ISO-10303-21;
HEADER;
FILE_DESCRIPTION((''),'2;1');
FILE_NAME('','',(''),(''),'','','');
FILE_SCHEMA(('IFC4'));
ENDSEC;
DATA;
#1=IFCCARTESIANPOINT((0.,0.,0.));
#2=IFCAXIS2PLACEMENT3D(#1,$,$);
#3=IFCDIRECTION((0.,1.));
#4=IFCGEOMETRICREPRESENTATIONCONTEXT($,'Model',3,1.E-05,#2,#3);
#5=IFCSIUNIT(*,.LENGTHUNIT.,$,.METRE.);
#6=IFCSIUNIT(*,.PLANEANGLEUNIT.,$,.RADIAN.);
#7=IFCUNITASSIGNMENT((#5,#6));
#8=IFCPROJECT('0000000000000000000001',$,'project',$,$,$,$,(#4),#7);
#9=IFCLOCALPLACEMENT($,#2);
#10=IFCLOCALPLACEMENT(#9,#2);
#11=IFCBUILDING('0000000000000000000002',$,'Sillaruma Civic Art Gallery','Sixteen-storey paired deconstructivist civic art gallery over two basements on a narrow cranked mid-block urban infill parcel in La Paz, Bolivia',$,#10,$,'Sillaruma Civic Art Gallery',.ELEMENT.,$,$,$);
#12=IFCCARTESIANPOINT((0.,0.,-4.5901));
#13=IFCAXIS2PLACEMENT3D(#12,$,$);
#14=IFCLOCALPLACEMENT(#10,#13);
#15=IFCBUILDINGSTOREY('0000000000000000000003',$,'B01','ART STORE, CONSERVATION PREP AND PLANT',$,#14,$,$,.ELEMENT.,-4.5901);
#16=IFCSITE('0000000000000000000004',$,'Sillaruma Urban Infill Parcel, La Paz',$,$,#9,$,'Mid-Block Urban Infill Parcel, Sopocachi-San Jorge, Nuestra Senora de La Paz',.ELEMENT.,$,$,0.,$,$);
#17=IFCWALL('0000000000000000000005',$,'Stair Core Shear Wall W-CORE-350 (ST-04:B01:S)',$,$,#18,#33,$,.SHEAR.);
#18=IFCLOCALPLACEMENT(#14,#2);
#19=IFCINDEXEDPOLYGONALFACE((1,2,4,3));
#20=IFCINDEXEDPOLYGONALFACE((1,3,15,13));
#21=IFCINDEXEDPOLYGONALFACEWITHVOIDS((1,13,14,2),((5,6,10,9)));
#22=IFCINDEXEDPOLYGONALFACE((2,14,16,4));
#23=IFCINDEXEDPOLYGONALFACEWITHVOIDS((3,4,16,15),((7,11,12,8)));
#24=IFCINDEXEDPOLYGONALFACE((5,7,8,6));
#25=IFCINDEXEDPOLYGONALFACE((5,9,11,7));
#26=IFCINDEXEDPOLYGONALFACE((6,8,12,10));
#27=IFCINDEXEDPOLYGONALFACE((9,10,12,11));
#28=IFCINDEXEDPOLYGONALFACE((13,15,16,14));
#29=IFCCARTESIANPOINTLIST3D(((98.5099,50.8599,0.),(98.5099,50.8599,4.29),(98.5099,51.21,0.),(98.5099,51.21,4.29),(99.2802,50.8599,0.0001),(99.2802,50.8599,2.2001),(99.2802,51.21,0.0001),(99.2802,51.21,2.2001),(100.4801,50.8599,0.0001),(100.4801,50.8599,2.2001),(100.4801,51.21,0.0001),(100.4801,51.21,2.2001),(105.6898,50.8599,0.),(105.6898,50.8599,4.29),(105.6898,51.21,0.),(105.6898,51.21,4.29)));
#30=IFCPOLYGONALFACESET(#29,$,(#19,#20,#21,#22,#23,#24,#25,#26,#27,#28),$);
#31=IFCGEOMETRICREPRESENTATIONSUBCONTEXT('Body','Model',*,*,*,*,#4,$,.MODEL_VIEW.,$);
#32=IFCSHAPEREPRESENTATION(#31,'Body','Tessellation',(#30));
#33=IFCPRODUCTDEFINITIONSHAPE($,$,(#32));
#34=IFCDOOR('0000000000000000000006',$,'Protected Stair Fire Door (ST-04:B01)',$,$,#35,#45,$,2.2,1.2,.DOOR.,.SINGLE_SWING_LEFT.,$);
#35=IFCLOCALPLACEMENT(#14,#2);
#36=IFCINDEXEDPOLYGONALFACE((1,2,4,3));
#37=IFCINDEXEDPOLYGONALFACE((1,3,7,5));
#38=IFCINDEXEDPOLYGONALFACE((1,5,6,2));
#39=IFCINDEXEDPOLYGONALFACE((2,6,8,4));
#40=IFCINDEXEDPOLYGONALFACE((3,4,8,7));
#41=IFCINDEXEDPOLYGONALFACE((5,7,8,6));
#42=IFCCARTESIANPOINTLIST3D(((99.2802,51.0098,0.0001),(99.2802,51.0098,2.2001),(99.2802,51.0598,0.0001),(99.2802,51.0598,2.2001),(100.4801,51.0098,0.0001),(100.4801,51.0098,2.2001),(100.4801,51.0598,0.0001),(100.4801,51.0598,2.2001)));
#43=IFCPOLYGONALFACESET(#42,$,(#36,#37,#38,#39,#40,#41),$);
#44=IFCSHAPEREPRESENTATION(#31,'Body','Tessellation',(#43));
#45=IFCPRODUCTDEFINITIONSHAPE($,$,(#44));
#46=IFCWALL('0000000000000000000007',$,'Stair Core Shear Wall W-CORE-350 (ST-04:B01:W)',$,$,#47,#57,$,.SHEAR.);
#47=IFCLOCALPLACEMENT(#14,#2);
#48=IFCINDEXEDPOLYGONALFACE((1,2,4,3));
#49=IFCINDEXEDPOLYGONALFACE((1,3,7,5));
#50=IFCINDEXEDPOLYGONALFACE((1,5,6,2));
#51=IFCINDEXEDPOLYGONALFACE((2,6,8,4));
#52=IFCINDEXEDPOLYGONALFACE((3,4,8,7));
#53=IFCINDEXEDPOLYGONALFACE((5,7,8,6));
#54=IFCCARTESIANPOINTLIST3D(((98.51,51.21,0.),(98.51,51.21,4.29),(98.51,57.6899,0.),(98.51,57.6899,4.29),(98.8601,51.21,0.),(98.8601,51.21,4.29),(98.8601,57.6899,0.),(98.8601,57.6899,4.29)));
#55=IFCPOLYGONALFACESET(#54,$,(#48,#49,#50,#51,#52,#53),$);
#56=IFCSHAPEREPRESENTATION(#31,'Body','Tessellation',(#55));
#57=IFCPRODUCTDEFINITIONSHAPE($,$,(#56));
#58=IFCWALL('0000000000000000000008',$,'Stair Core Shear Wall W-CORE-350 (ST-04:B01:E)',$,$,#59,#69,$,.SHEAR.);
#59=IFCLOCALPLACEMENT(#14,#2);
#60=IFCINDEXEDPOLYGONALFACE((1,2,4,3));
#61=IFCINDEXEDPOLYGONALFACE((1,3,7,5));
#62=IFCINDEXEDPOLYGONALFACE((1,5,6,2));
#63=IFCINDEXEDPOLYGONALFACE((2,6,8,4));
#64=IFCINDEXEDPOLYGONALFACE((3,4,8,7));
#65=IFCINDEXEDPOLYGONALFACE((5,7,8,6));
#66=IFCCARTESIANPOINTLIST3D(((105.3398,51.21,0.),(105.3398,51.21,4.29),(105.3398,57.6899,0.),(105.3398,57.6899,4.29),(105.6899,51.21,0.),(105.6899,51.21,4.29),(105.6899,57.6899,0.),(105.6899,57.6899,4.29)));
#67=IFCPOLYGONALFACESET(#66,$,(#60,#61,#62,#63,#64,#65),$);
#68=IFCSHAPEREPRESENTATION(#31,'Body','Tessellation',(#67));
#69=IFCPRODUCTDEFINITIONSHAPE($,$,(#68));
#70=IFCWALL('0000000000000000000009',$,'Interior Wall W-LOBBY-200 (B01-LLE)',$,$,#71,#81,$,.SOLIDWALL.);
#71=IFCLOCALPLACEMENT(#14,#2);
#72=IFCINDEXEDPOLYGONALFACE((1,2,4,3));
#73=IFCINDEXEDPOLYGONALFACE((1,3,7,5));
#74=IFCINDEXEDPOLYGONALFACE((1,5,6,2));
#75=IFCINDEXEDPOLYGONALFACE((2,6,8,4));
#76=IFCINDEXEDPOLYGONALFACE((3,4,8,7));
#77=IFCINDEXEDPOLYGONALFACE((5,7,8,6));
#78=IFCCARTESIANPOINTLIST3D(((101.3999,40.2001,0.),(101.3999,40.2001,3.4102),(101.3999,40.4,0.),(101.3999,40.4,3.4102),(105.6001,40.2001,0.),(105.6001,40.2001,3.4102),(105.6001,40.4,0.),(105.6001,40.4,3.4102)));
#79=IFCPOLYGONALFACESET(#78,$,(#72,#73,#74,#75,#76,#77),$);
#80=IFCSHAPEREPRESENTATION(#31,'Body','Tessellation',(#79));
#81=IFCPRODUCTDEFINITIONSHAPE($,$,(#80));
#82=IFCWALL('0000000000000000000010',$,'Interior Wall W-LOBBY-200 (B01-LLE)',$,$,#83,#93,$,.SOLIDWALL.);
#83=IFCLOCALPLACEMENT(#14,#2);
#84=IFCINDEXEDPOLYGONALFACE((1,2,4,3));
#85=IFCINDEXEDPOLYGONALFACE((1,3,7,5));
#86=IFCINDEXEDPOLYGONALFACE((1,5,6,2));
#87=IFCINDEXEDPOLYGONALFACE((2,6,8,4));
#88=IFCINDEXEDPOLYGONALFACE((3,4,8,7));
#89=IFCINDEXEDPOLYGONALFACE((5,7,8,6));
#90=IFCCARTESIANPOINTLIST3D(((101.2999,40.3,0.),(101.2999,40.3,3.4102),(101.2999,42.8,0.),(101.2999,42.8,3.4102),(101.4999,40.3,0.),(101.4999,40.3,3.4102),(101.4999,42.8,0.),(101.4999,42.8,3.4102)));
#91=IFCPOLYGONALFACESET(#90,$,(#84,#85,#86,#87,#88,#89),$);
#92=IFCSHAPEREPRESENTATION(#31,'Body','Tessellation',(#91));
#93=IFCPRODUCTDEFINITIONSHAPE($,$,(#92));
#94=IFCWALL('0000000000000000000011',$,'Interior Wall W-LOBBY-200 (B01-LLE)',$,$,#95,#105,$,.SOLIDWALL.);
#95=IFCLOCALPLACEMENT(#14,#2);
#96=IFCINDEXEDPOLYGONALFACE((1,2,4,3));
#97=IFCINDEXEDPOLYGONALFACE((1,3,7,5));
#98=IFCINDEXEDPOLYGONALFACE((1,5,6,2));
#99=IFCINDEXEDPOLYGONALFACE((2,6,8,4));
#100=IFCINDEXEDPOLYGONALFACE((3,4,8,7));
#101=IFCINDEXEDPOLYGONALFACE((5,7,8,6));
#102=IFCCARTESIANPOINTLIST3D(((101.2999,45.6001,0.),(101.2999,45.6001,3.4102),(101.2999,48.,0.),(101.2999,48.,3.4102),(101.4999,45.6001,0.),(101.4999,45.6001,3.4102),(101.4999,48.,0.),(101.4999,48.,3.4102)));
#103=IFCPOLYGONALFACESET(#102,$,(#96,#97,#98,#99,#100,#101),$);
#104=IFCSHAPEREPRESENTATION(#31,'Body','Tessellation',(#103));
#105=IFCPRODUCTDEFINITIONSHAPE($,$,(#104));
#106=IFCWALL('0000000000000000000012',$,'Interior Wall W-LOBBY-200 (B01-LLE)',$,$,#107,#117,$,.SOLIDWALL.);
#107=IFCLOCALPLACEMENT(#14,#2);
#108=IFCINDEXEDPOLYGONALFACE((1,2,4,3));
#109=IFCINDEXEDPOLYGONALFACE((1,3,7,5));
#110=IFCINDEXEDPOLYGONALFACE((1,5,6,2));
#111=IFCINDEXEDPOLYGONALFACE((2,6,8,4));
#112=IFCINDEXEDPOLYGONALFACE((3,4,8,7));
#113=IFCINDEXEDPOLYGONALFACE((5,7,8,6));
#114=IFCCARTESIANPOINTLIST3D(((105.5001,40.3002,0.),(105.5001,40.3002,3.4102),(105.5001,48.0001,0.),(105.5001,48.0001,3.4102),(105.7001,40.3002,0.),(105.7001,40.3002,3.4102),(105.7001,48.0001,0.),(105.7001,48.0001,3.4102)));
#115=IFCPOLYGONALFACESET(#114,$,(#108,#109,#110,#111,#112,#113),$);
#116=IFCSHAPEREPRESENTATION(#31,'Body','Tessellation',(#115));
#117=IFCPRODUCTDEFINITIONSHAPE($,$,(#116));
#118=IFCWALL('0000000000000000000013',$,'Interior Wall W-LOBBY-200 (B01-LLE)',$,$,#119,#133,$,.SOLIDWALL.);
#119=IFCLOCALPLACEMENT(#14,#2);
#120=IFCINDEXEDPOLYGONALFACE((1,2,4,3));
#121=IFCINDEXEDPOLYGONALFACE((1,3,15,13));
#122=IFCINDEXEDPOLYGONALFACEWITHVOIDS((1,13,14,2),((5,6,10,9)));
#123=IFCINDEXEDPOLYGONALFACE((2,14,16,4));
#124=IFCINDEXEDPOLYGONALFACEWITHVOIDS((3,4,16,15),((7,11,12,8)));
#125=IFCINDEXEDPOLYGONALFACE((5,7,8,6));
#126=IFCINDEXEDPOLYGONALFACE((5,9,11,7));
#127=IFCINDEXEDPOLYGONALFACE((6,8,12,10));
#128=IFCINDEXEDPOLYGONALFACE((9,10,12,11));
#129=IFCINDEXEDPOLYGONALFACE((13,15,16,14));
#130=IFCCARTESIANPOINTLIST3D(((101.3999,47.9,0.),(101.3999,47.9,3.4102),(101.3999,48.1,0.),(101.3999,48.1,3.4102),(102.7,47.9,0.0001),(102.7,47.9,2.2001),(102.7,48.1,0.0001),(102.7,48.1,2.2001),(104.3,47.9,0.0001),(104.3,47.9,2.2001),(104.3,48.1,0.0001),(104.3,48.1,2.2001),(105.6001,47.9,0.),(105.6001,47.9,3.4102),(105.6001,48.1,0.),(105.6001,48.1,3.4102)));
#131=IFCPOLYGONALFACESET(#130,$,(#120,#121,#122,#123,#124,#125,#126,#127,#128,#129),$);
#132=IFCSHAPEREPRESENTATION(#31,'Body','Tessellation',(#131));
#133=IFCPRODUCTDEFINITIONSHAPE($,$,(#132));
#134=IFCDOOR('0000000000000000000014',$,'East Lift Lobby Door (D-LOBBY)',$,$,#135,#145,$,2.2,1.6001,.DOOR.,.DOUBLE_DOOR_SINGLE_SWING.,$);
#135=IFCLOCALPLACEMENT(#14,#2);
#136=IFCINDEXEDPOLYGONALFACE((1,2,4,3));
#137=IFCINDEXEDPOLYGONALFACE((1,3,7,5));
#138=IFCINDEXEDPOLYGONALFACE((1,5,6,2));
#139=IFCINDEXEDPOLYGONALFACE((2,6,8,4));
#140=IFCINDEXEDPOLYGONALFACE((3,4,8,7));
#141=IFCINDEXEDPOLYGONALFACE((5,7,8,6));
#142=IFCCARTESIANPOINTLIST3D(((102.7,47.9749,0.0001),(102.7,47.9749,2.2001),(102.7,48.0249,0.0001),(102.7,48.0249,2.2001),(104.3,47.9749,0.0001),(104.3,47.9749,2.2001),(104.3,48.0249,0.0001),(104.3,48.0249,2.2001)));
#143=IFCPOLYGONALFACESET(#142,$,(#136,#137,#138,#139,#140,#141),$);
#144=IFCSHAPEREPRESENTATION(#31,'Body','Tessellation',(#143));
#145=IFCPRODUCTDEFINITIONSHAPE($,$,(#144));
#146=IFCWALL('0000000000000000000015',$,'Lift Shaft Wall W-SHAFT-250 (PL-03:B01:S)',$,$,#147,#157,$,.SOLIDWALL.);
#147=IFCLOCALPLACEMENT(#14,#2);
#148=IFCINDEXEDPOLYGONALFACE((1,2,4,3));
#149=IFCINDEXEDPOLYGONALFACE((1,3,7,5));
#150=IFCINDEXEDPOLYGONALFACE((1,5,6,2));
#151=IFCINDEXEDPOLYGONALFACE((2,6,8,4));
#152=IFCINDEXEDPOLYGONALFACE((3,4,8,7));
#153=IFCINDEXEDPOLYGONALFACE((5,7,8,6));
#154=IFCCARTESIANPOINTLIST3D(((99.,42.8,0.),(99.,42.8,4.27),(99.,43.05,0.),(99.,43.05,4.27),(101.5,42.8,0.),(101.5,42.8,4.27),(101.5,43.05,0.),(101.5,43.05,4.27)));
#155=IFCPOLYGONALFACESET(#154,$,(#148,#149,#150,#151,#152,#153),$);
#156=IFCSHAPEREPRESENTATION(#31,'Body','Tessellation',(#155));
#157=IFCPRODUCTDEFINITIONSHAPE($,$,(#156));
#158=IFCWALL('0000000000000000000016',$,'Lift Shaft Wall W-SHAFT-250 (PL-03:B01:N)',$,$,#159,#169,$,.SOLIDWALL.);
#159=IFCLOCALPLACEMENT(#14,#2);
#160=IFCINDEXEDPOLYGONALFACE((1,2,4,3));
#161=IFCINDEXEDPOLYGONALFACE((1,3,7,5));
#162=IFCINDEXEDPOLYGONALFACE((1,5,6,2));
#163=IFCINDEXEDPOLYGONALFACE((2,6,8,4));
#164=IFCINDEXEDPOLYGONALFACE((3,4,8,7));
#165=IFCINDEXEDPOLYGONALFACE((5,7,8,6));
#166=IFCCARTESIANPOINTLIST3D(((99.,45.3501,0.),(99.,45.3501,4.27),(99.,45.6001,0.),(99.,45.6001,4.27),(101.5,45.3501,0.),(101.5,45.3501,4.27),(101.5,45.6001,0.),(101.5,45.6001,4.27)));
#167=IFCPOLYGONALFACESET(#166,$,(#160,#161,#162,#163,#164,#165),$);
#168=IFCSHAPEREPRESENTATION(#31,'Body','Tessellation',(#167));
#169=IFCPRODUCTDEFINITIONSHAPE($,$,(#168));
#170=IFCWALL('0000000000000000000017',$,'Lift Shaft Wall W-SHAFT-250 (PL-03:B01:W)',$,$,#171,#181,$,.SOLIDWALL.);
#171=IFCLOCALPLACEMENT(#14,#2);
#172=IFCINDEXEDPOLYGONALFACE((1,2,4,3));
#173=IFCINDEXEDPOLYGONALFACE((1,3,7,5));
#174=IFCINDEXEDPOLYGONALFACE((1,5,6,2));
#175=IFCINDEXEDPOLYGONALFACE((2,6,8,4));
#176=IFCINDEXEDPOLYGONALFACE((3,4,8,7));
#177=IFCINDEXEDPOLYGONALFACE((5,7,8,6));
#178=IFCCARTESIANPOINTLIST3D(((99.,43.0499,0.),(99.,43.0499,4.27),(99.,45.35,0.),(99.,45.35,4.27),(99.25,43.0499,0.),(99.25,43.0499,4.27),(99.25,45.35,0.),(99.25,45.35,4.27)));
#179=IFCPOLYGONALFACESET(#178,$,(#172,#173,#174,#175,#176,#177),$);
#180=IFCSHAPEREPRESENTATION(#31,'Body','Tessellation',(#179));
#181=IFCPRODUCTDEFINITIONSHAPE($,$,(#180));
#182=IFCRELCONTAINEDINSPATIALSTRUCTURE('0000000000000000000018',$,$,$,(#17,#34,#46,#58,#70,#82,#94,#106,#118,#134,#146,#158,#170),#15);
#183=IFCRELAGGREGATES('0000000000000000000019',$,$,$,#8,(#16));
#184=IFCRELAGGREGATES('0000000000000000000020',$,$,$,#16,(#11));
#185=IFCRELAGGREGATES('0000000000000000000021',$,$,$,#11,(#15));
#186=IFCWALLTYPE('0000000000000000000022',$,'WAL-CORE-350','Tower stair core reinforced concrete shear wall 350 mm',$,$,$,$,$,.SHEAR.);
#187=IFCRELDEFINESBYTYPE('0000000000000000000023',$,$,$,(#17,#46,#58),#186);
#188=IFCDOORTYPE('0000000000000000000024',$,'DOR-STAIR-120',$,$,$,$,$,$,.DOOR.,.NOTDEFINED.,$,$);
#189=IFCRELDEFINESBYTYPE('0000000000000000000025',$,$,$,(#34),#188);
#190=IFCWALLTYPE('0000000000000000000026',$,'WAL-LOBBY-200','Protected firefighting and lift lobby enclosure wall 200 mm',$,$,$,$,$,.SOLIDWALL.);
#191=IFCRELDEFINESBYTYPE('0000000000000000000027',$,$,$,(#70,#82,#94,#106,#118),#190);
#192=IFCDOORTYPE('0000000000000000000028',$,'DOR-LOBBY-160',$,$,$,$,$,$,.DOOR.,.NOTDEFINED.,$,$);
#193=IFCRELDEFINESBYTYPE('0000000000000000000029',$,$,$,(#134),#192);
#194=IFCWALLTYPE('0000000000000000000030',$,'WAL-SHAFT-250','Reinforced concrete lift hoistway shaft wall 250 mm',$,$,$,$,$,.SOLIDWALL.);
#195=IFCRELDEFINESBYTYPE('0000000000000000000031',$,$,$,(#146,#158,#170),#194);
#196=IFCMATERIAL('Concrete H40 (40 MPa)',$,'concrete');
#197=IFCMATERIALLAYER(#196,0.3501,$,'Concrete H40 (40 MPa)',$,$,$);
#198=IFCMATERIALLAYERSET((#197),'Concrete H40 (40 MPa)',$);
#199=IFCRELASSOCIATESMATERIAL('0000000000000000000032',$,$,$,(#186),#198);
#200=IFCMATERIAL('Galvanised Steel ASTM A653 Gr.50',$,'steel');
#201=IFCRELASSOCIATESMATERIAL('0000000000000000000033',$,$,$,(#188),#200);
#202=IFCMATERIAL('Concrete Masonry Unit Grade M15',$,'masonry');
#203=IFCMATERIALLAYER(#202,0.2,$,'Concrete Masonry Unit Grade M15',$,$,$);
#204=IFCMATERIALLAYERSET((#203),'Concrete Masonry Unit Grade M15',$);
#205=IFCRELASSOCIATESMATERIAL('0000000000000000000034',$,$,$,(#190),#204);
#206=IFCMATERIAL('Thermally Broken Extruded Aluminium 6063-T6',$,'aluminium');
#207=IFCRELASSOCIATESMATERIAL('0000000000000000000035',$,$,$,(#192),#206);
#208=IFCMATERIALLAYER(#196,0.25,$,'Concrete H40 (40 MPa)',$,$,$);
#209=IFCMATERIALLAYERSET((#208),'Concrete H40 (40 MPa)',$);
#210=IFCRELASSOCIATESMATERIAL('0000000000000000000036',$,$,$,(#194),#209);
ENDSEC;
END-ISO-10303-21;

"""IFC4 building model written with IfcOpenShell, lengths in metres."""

from ifc_helpers import new_model, si_unit, direction, frame, frame_2d, origin, place, context, subcontext, project, spatial, rectangle, extrude, material, layer, layer_set, type_object, element, fill, save


model = new_model("IFC4")

# Units and contexts
model_context = context("Model", 3, precision=1e-05, world=origin(), true_north=direction((0.0, 1.0)))
body_context = subcontext(model_context, "Body", "Model", "MODEL_VIEW")
ifc_project = project(units=[si_unit("LENGTHUNIT", "METRE"), si_unit("PLANEANGLEUNIT", "RADIAN")], contexts=[model_context])

# Site, building, storey
site_placement = place(None, origin())
site = spatial("IfcSite", under=ifc_project, at=site_placement, Name="Sillaruma Urban Infill Parcel, La Paz", LongName="Mid-Block Urban Infill Parcel, Sopocachi-San Jorge, Nuestra Senora de La Paz", CompositionType="ELEMENT", RefElevation=0.0)
building_placement = place(site_placement, origin())
building = spatial("IfcBuilding", under=site, at=building_placement, Name="Sillaruma Civic Art Gallery", Description="Sixteen-storey paired deconstructivist civic art gallery over two basements on a narrow cranked mid-block urban infill parcel in La Paz, Bolivia", LongName="Sillaruma Civic Art Gallery", CompositionType="ELEMENT")
storey_placement = place(building_placement, frame((0.0, 0.0, -4.5901)))
storey = spatial("IfcBuildingStorey", under=building, at=storey_placement, Name="B01", Description="ART STORE, CONSERVATION PREP AND PLANT", CompositionType="ELEMENT", Elevation=-4.5901)

# Shared definitions
ifc_material_1 = material(Name="Concrete H40 (40 MPa)", Category="concrete")

# Wall, opening, door
ifc_layer_1 = layer(ifc_material_1, 0.3501, Name="Concrete H40 (40 MPa)")
ifc_layer_set_1 = layer_set([ifc_layer_1], Name="Concrete H40 (40 MPa)")
wall_type_1 = type_object("IfcWallType", Name="WAL-CORE-350", Description="Tower stair core reinforced concrete shear wall 350 mm", PredefinedType="SHEAR", material=ifc_layer_set_1)
wall_1_placement = place(storey_placement, frame((98.51, 51.0349, 0.0), z_axis=(0.0, 0.0, 1.0), x_axis=(1.0, 0.0, 0.0)))
wall_1 = element("IfcWall", 1, at=wall_1_placement, inside=storey, type_object=wall_type_1, Name="Stair Core Shear Wall W-CORE-350 (ST-04:B01:S)", PredefinedType="SHEAR", context=body_context, shape_type="SweptSolid", body=[
    extrude(rectangle(XDim=7.1799, YDim=0.3501, at=frame_2d((3.5898, 0.0))), origin(), (0.0, 0.0, 1.0), 4.29),
])
opening_1_placement = place(wall_1_placement, frame((0.77, 0.0, 0.0)))
opening_1 = element("IfcOpeningElement", 2, at=opening_1_placement, cuts=wall_1, PredefinedType="OPENING", context=body_context, shape_type="SweptSolid", body=[
    extrude(rectangle(XDim=1.2, YDim=2.2, at=frame_2d((0.6001, 1.1001))), frame((0.0, 0.1851, 0.0), z_axis=(0.0, -1.0, 0.0), x_axis=(1.0, 0.0, 0.0)), (0.0, 0.0, 1.0), 0.3701),
])
ifc_material_2 = material(Name="Galvanised Steel ASTM A653 Gr.50", Category="steel")
door_type_1 = type_object("IfcDoorType", Name="DOR-STAIR-120", OperationType="NOTDEFINED", PredefinedType="DOOR", material=ifc_material_2)
door_1_placement = place(opening_1_placement, origin())
door_1 = element("IfcDoor", 3, at=door_1_placement, inside=storey, type_object=door_type_1, Name="Protected Stair Fire Door (ST-04:B01)", OperationType="SINGLE_SWING_LEFT", OverallHeight=2.2, OverallWidth=1.2, PredefinedType="DOOR", context=body_context, shape_type="SweptSolid", body=[
    extrude(rectangle(XDim=1.2, YDim=2.2, at=frame_2d((0.6001, 1.1001))), frame((0.0, 0.0249, 0.0), z_axis=(0.0, -1.0, 0.0), x_axis=(1.0, 0.0, 0.0)), (0.0, 0.0, 1.0), 0.05),
])
fill(opening_1, door_1)

# Walls
for number, where, z_axis, x_axis, name in (
    (4, (98.6851, 51.21, 0.0), (0.0, 0.0, 1.0), (0.0, 1.0, 0.0), "Stair Core Shear Wall W-CORE-350 (ST-04:B01:W)"),
    (5, (105.5149, 51.21, 0.0), (0.0, 0.0, 1.0), (0.0, 1.0, 0.0), "Stair Core Shear Wall W-CORE-350 (ST-04:B01:E)"),
):
    element("IfcWall", number, at=place(storey_placement, frame(where, z_axis=z_axis, x_axis=x_axis)), inside=storey, type_object=wall_type_1, Name=name, PredefinedType="SHEAR", context=body_context, shape_type="SweptSolid", body=[
        extrude(rectangle(XDim=6.48, YDim=0.3501, at=frame_2d((3.24, 0.0))), origin(), (0.0, 0.0, 1.0), 4.29),
    ])
ifc_material_3 = material(Name="Concrete Masonry Unit Grade M15", Category="masonry")
ifc_layer_2 = layer(ifc_material_3, 0.2, Name="Concrete Masonry Unit Grade M15")
ifc_layer_set_2 = layer_set([ifc_layer_2], Name="Concrete Masonry Unit Grade M15")
wall_type_2 = type_object("IfcWallType", Name="WAL-LOBBY-200", Description="Protected firefighting and lift lobby enclosure wall 200 mm", PredefinedType="SOLIDWALL", material=ifc_layer_set_2)
wall_2_placement = place(storey_placement, frame((101.3999, 40.3, 0.0), z_axis=(0.0, 0.0, 1.0), x_axis=(1.0, 0.0, 0.0)))
element("IfcWall", 6, at=wall_2_placement, inside=storey, type_object=wall_type_2, Name="Interior Wall W-LOBBY-200 (B01-LLE)", PredefinedType="SOLIDWALL", context=body_context, shape_type="SweptSolid", body=[
    extrude(rectangle(XDim=4.2002, YDim=0.2, at=frame_2d((2.1001, 0.0))), origin(), (0.0, 0.0, 1.0), 3.4102),
])
wall_3_placement = place(storey_placement, frame((101.3999, 40.3, 0.0), z_axis=(0.0, 0.0, 1.0), x_axis=(0.0, 1.0, 0.0)))
element("IfcWall", 7, at=wall_3_placement, inside=storey, type_object=wall_type_2, Name="Interior Wall W-LOBBY-200 (B01-LLE)", PredefinedType="SOLIDWALL", context=body_context, shape_type="SweptSolid", body=[
    extrude(rectangle(XDim=2.5, YDim=0.2, at=frame_2d((1.25, 0.0))), origin(), (0.0, 0.0, 1.0), 3.4102),
])
wall_4_placement = place(storey_placement, frame((101.3999, 45.6001, 0.0), z_axis=(0.0, 0.0, 1.0), x_axis=(0.0, 1.0, 0.0)))
element("IfcWall", 8, at=wall_4_placement, inside=storey, type_object=wall_type_2, Name="Interior Wall W-LOBBY-200 (B01-LLE)", PredefinedType="SOLIDWALL", context=body_context, shape_type="SweptSolid", body=[
    extrude(rectangle(XDim=2.3999, YDim=0.2, at=frame_2d((1.2, 0.0))), origin(), (0.0, 0.0, 1.0), 3.4102),
])
wall_5_placement = place(storey_placement, frame((105.6001, 40.3, 0.0), z_axis=(0.0, 0.0, 1.0), x_axis=(0.0, 1.0, 0.0)))
element("IfcWall", 9, at=wall_5_placement, inside=storey, type_object=wall_type_2, Name="Interior Wall W-LOBBY-200 (B01-LLE)", PredefinedType="SOLIDWALL", context=body_context, shape_type="SweptSolid", body=[
    extrude(rectangle(XDim=7.7, YDim=0.2, at=frame_2d((3.8501, 0.0))), origin(), (0.0, 0.0, 1.0), 3.4102),
])

# Wall, opening, door
wall_6_placement = place(storey_placement, frame((101.3999, 48.0, 0.0), z_axis=(0.0, 0.0, 1.0), x_axis=(1.0, 0.0, 0.0)))
wall_6 = element("IfcWall", 10, at=wall_6_placement, inside=storey, type_object=wall_type_2, Name="Interior Wall W-LOBBY-200 (B01-LLE)", PredefinedType="SOLIDWALL", context=body_context, shape_type="SweptSolid", body=[
    extrude(rectangle(XDim=4.2002, YDim=0.2, at=frame_2d((2.1001, 0.0))), origin(), (0.0, 0.0, 1.0), 3.4102),
])
opening_2_placement = place(wall_6_placement, frame((1.3, 0.0, 0.0)))
opening_2 = element("IfcOpeningElement", 11, at=opening_2_placement, cuts=wall_6, PredefinedType="OPENING", context=body_context, shape_type="SweptSolid", body=[
    extrude(rectangle(XDim=1.6001, YDim=2.2, at=frame_2d((0.8, 1.1001))), frame((0.0, 0.1099, 0.0), z_axis=(0.0, -1.0, 0.0), x_axis=(1.0, 0.0, 0.0)), (0.0, 0.0, 1.0), 0.22),
])
ifc_material_4 = material(Name="Thermally Broken Extruded Aluminium 6063-T6", Category="aluminium")
door_type_2 = type_object("IfcDoorType", Name="DOR-LOBBY-160", OperationType="NOTDEFINED", PredefinedType="DOOR", material=ifc_material_4)
door_2_placement = place(opening_2_placement, origin())
door_2 = element("IfcDoor", 12, at=door_2_placement, inside=storey, type_object=door_type_2, Name="East Lift Lobby Door (D-LOBBY)", OperationType="DOUBLE_DOOR_SINGLE_SWING", OverallHeight=2.2, OverallWidth=1.6001, PredefinedType="DOOR", context=body_context, shape_type="SweptSolid", body=[
    extrude(rectangle(XDim=1.6001, YDim=2.2, at=frame_2d((0.8, 1.1001))), frame((0.0, 0.0249, 0.0), z_axis=(0.0, -1.0, 0.0), x_axis=(1.0, 0.0, 0.0)), (0.0, 0.0, 1.0), 0.05),
])
fill(opening_2, door_2)

# Walls
ifc_layer_3 = layer(ifc_material_1, 0.25, Name="Concrete H40 (40 MPa)")
ifc_layer_set_3 = layer_set([ifc_layer_3], Name="Concrete H40 (40 MPa)")
wall_type_3 = type_object("IfcWallType", Name="WAL-SHAFT-250", Description="Reinforced concrete lift hoistway shaft wall 250 mm", PredefinedType="SOLIDWALL", material=ifc_layer_set_3)
for number, where, z_axis, x_axis, name in (
    (13, (99.0, 42.925, 0.0), (0.0, 0.0, 1.0), (1.0, 0.0, 0.0), "Lift Shaft Wall W-SHAFT-250 (PL-03:B01:S)"),
    (14, (99.0, 45.4751, 0.0), (0.0, 0.0, 1.0), (1.0, 0.0, 0.0), "Lift Shaft Wall W-SHAFT-250 (PL-03:B01:N)"),
):
    element("IfcWall", number, at=place(storey_placement, frame(where, z_axis=z_axis, x_axis=x_axis)), inside=storey, type_object=wall_type_3, Name=name, PredefinedType="SOLIDWALL", context=body_context, shape_type="SweptSolid", body=[
        extrude(rectangle(XDim=2.5, YDim=0.25, at=frame_2d((1.25, 0.0))), origin(), (0.0, 0.0, 1.0), 4.27),
    ])
wall_7_placement = place(storey_placement, frame((99.125, 43.05, 0.0), z_axis=(0.0, 0.0, 1.0), x_axis=(0.0, 1.0, 0.0)))
element("IfcWall", 15, at=wall_7_placement, inside=storey, type_object=wall_type_3, Name="Lift Shaft Wall W-SHAFT-250 (PL-03:B01:W)", PredefinedType="SOLIDWALL", context=body_context, shape_type="SweptSolid", body=[
    extrude(rectangle(XDim=2.3, YDim=0.25, at=frame_2d((1.1499, 0.0))), origin(), (0.0, 0.0, 1.0), 4.27),
])

save(model, "model.ifc")
